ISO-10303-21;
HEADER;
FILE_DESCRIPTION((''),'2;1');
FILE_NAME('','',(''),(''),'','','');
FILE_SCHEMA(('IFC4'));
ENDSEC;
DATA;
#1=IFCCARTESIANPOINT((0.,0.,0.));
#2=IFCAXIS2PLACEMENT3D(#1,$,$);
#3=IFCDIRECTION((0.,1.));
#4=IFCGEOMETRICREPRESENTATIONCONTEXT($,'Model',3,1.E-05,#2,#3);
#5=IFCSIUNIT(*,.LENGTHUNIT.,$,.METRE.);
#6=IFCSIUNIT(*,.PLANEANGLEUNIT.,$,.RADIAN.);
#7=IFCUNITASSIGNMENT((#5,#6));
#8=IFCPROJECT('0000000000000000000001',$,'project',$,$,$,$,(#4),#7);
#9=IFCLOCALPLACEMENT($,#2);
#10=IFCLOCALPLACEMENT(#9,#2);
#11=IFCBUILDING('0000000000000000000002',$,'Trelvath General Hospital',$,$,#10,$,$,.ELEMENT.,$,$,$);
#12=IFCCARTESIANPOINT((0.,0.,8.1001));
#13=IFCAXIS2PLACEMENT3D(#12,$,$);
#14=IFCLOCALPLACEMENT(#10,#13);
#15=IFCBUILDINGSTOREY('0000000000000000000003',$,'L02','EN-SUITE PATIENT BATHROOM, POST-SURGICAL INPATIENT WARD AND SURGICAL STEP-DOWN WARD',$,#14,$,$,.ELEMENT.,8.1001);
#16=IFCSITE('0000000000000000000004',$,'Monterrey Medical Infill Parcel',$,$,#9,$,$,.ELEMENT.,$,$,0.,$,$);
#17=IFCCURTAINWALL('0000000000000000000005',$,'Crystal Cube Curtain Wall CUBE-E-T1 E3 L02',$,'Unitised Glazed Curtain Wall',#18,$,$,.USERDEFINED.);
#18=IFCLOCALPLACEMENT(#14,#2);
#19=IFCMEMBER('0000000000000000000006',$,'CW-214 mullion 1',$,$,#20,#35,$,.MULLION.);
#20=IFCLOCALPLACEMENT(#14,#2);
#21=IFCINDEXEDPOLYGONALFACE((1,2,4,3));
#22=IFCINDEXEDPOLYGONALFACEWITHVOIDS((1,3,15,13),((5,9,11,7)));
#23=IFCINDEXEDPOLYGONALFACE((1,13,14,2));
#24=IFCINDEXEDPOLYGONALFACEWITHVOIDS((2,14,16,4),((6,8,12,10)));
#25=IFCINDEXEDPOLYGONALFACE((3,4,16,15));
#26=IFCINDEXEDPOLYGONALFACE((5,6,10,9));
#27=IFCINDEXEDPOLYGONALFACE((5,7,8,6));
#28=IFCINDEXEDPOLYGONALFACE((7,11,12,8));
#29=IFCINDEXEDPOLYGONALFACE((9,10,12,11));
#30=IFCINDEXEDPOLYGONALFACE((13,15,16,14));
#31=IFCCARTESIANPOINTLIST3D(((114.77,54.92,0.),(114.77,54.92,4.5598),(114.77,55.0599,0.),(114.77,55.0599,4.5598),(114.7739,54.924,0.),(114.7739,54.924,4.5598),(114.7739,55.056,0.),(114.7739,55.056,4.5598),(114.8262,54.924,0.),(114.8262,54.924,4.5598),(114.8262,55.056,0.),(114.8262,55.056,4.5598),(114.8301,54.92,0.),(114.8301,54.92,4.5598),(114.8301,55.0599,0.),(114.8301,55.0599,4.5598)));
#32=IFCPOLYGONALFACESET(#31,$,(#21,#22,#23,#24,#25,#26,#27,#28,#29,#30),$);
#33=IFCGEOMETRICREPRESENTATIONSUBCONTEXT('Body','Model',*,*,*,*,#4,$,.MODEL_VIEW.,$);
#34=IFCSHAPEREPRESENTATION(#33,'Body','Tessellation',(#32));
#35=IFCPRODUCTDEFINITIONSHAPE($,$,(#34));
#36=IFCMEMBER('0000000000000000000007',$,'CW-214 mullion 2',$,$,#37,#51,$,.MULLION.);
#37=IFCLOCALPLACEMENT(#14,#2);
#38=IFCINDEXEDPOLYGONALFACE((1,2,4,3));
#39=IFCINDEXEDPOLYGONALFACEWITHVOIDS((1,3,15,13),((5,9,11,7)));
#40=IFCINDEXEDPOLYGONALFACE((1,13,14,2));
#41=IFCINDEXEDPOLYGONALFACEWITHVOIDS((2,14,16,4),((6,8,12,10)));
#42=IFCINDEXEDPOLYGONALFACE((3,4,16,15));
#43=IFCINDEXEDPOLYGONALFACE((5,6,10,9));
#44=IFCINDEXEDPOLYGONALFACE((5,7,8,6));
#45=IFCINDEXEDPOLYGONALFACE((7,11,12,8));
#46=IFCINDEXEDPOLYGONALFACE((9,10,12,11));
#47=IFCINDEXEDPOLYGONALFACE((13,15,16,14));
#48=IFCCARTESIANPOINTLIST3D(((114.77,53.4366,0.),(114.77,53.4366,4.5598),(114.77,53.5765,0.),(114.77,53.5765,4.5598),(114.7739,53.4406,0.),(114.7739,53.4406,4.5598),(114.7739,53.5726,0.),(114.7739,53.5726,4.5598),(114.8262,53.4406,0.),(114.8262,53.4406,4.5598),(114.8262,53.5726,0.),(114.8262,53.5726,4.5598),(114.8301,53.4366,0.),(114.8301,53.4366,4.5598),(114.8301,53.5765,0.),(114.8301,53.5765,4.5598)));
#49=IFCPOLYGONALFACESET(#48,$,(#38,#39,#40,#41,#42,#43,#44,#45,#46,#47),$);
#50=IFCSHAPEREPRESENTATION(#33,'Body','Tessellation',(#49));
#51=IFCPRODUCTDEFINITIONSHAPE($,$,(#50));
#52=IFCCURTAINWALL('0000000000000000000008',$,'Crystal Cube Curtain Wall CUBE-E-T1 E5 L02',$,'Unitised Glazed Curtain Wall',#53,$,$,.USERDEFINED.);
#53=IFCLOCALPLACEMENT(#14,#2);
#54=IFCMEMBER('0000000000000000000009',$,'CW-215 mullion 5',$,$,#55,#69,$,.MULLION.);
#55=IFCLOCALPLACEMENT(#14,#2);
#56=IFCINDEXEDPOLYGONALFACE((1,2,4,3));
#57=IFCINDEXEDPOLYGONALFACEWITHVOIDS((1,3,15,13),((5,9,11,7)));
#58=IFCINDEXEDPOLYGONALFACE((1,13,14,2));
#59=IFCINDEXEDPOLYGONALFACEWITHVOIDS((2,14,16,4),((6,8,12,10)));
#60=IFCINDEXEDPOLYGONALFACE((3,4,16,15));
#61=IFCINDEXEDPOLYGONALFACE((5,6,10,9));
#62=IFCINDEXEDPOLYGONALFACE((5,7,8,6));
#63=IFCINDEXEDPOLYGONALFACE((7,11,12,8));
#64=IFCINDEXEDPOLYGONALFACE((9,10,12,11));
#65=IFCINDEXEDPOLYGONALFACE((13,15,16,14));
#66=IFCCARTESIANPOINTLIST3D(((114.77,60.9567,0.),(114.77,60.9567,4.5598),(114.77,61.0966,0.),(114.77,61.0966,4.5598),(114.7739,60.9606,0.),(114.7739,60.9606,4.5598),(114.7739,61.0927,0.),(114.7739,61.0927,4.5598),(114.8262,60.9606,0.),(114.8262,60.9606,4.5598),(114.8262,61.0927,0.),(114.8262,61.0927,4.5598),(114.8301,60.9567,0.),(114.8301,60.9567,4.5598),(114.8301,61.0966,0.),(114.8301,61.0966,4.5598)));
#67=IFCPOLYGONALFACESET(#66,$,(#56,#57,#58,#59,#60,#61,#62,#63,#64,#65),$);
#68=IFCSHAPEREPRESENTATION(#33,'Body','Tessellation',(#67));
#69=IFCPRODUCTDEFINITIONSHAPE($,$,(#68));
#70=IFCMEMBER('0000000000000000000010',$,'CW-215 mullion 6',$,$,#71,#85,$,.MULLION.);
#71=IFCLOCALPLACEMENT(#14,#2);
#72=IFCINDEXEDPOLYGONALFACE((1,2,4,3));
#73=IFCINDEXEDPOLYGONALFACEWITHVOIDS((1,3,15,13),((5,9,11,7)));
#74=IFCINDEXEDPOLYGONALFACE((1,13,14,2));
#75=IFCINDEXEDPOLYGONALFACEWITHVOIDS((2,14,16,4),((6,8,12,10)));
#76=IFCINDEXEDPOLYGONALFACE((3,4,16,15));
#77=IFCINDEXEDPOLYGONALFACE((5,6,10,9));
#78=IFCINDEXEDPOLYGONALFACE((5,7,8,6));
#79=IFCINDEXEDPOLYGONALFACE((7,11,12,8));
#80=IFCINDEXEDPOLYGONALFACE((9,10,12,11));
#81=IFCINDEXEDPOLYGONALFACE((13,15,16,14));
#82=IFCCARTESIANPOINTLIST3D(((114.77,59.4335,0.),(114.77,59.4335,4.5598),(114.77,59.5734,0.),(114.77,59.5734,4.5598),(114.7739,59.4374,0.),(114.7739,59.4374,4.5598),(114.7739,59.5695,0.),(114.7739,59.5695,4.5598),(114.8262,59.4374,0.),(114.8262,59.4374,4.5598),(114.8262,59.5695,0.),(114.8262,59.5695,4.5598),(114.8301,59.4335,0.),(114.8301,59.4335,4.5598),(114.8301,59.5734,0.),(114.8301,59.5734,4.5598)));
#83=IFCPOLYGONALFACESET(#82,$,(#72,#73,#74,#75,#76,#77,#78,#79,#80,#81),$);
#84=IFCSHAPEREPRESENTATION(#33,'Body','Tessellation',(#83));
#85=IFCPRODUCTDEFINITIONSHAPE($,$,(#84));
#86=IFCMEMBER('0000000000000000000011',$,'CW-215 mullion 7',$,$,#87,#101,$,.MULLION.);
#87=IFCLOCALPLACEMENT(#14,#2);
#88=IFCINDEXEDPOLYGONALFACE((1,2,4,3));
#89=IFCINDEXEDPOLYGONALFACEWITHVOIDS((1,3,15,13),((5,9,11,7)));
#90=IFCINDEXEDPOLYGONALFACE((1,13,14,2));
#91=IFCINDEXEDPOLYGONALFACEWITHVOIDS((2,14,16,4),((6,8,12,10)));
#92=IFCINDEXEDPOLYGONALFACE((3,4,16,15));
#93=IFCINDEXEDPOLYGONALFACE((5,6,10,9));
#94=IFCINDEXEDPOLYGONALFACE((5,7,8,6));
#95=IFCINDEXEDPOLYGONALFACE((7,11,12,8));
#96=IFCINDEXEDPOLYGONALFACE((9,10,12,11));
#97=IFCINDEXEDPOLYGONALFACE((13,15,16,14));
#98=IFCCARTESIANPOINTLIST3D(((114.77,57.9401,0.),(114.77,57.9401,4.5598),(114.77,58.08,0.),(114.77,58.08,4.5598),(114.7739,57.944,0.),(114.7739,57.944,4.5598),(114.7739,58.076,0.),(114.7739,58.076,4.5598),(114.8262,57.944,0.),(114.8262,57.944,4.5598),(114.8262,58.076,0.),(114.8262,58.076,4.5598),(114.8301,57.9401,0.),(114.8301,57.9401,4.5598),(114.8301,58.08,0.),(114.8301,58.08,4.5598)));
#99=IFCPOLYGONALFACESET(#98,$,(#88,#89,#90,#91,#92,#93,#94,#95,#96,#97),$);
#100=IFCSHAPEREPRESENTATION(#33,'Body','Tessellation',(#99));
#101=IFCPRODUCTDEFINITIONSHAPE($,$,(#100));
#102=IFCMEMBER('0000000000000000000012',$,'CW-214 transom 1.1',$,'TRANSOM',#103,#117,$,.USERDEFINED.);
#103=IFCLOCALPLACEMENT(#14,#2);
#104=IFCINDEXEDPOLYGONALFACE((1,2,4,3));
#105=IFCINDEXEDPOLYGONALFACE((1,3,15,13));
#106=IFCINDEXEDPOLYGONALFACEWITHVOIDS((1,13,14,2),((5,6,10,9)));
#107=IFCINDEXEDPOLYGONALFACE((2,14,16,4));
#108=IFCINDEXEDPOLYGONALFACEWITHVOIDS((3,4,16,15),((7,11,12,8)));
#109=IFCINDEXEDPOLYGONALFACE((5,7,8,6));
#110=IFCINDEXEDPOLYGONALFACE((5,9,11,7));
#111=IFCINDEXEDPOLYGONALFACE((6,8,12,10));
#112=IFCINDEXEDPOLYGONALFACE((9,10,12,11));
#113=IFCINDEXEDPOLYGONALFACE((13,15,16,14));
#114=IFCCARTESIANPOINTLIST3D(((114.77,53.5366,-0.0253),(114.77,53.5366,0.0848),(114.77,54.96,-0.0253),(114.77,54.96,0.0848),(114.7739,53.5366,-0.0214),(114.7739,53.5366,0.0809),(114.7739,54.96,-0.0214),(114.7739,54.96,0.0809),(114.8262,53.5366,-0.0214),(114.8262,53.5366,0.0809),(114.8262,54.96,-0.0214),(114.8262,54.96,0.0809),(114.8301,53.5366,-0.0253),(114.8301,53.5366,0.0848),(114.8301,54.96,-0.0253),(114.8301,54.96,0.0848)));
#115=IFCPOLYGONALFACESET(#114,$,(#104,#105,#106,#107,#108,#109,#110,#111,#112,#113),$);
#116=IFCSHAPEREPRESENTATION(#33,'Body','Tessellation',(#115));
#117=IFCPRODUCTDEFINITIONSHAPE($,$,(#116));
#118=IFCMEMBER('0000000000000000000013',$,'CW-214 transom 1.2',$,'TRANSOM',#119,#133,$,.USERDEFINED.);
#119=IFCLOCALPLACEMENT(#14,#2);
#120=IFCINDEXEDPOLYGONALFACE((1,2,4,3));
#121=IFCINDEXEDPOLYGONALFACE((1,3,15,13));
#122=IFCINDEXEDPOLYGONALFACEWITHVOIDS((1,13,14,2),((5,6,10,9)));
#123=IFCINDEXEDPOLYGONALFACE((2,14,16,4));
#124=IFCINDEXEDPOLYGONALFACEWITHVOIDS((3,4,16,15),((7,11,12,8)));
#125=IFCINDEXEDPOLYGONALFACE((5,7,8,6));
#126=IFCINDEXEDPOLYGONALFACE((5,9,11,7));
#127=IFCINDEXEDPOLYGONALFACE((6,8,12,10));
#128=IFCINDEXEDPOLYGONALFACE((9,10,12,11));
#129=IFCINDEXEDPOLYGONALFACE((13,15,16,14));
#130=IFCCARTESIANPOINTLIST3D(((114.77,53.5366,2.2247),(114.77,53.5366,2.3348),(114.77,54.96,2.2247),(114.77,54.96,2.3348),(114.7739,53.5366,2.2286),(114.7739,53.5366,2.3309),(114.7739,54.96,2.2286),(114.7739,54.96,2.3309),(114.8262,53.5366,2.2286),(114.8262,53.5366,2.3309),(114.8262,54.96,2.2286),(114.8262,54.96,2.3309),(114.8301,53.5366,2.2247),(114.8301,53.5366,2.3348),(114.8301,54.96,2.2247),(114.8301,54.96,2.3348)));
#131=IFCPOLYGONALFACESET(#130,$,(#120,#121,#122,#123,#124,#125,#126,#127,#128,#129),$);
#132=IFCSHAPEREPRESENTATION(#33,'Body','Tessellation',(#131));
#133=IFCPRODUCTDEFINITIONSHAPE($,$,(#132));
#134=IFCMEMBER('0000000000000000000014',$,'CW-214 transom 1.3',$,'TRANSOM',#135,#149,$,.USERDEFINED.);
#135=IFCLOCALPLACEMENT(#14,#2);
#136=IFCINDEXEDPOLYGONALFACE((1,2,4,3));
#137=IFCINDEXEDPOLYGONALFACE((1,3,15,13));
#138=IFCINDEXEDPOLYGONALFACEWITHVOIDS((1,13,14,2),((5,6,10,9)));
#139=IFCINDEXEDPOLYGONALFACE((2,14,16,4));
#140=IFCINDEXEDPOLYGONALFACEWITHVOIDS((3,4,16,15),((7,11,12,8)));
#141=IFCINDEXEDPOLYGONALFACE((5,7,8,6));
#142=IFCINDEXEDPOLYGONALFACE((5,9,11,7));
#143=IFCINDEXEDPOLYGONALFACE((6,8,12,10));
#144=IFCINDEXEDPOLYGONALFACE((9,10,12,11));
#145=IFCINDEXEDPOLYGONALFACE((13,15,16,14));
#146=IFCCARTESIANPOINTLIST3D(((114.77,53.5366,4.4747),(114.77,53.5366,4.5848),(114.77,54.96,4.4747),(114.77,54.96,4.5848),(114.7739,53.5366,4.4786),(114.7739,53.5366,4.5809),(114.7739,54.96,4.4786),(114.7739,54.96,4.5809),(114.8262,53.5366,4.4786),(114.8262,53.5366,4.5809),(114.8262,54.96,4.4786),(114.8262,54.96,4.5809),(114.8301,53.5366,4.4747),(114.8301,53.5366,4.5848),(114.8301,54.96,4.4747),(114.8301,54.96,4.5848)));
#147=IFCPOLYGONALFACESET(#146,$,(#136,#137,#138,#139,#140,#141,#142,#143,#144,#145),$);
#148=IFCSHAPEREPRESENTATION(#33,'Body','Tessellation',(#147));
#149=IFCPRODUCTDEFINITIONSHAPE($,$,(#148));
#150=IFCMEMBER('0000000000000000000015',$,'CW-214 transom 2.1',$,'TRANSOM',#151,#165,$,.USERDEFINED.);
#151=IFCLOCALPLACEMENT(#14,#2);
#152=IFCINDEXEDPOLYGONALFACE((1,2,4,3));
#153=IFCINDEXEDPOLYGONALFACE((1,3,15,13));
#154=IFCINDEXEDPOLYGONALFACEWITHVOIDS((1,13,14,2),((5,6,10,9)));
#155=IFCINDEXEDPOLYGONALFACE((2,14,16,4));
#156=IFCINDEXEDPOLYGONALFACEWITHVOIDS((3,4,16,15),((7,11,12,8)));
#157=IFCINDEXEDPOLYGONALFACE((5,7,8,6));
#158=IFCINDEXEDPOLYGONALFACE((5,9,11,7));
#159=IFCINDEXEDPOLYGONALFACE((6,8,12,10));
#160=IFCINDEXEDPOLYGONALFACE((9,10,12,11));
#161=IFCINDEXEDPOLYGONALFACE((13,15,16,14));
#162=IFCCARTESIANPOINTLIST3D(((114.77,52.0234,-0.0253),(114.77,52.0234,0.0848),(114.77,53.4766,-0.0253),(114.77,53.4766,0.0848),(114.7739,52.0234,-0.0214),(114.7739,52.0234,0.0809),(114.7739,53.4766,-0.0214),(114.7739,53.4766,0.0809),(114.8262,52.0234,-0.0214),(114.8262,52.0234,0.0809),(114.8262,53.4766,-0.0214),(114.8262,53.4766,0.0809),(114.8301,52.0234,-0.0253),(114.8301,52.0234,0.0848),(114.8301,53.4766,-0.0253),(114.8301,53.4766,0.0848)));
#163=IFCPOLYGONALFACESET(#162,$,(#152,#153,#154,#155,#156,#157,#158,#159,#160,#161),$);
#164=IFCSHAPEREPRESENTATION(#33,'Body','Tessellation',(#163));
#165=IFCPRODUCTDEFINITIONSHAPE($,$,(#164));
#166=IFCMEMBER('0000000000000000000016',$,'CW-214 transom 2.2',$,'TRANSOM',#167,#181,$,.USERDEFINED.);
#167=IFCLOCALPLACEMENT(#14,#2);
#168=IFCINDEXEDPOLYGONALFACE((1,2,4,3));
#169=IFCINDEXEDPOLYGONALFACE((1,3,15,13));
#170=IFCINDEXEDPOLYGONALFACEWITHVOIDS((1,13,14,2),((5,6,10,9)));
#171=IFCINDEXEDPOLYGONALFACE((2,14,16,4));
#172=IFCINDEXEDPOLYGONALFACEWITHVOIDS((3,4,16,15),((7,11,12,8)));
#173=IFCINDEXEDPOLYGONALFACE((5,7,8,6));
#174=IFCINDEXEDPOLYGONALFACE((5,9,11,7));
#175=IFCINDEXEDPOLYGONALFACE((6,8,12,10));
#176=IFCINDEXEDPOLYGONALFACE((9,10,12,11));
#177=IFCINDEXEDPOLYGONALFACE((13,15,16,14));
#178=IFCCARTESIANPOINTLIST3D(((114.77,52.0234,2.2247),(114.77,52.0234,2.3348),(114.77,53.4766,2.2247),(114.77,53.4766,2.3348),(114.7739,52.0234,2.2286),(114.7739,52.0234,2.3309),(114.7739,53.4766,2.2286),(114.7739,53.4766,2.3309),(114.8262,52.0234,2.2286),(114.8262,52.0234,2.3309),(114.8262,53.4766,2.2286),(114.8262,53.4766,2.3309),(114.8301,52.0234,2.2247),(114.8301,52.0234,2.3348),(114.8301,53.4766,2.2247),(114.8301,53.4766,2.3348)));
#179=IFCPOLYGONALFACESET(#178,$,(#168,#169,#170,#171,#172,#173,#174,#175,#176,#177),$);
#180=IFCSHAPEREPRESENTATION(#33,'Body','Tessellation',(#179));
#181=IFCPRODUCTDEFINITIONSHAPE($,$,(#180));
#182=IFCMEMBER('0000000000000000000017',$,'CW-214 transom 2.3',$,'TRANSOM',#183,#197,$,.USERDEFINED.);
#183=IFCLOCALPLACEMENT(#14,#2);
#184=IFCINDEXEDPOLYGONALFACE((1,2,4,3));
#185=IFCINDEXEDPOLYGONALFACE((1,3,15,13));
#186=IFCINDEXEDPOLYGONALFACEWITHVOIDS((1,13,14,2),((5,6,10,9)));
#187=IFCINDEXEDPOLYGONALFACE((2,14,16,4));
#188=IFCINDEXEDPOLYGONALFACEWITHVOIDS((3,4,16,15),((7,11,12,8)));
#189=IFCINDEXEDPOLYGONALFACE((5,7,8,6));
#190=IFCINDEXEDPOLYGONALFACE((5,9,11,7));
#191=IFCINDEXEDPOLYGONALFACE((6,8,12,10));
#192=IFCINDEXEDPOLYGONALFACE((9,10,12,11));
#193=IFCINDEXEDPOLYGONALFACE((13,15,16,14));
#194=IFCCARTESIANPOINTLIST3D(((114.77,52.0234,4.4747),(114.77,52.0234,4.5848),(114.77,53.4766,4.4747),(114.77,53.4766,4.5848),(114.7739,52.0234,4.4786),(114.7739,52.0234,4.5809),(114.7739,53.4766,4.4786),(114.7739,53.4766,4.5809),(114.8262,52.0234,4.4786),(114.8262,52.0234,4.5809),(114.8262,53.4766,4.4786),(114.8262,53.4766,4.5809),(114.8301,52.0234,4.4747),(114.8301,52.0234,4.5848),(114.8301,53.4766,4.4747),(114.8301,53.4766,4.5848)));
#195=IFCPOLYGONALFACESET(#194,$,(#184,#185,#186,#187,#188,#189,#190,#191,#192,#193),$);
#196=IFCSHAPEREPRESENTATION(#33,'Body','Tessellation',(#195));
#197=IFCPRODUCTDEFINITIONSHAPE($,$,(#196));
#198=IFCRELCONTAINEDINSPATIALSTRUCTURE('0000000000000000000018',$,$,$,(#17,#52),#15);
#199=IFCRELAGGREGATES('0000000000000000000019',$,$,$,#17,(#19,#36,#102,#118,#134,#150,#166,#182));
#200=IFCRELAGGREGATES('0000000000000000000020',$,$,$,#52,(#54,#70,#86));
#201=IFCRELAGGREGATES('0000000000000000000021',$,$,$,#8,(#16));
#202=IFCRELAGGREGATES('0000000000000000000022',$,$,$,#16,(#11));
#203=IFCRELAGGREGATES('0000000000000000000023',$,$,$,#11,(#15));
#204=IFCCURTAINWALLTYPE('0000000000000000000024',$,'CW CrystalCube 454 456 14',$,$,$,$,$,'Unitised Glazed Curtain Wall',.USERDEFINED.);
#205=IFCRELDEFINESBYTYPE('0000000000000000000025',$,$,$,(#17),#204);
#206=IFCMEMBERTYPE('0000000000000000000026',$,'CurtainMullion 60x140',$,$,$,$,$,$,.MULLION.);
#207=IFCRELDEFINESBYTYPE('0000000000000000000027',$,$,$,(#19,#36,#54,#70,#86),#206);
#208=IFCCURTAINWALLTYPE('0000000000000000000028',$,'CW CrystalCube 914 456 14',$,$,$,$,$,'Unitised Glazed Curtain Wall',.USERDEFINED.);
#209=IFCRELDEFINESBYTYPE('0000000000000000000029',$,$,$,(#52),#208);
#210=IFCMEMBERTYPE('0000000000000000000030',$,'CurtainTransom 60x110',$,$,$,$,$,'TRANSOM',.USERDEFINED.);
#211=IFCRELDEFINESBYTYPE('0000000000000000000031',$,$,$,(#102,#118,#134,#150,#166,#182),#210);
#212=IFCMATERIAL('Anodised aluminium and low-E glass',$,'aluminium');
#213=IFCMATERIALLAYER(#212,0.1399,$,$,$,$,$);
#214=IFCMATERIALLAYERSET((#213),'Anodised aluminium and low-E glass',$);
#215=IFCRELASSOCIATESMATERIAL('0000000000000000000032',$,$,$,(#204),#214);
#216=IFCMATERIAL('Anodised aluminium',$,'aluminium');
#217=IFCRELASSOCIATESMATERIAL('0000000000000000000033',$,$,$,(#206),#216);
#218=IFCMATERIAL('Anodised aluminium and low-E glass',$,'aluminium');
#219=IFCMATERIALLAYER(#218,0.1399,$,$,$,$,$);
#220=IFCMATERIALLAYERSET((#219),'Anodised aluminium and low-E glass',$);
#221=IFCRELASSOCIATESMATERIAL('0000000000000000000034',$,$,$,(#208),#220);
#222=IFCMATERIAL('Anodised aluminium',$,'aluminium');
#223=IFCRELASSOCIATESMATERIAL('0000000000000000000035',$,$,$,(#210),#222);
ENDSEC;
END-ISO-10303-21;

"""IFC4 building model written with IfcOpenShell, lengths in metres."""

from ifc_helpers import new_model, si_unit, direction, frame, origin, origin_2d, place, context, subcontext, project, spatial, hollow_rectangle, extrude, material, layer, layer_set, material_profile, profile_set, type_object, element, aggregate, save


model = new_model("IFC4")

# Units and contexts
model_context = context("Model", 3, precision=1e-05, world=origin(), true_north=direction((0.0, 1.0)))
body_context = subcontext(model_context, "Body", "Model", "MODEL_VIEW")
ifc_project = project(units=[si_unit("LENGTHUNIT", "METRE"), si_unit("PLANEANGLEUNIT", "RADIAN")], contexts=[model_context])

# Site, building, storey
site_placement = place(None, origin())
site = spatial("IfcSite", under=ifc_project, at=site_placement, Name="Monterrey Medical Infill Parcel", CompositionType="ELEMENT", RefElevation=0.0)
building_placement = place(site_placement, origin())
building = spatial("IfcBuilding", under=site, at=building_placement, Name="Trelvath General Hospital", CompositionType="ELEMENT")
storey_placement = place(building_placement, frame((0.0, 0.0, 8.1001)))
storey = spatial("IfcBuildingStorey", under=building, at=storey_placement, Name="L02", Description="EN-SUITE PATIENT BATHROOM, POST-SURGICAL INPATIENT WARD AND SURGICAL STEP-DOWN WARD", CompositionType="ELEMENT", Elevation=8.1001)

# Curtain walls, members
ifc_material_1 = material(Name="Anodised aluminium and low-E glass", Category="aluminium")
ifc_layer_1 = layer(ifc_material_1, 0.1399)
ifc_layer_set_1 = layer_set([ifc_layer_1], Name="Anodised aluminium and low-E glass")
curtain_wall_type_1 = type_object("IfcCurtainWallType", Name="CW CrystalCube 454 456 14", ElementType="Unitised Glazed Curtain Wall", PredefinedType="USERDEFINED", material=ifc_layer_set_1)
curtain_wall_1_placement = place(storey_placement, origin())
curtain_wall_1 = element("IfcCurtainWall", 1, at=curtain_wall_1_placement, inside=storey, type_object=curtain_wall_type_1, Name="Crystal Cube Curtain Wall CUBE-E-T1 E3 L02", ObjectType="Unitised Glazed Curtain Wall", PredefinedType="USERDEFINED")
ifc_material_2 = material(Name="Anodised aluminium", Category="aluminium")
ifc_material_profile_1 = material_profile(ifc_material_2, hollow_rectangle(XDim=0.0601, YDim=0.1399, WallThickness=0.0039, at=origin_2d()), Name="RHS60x140x4")
ifc_profile_set_1 = profile_set([ifc_material_profile_1], Name="Anodised aluminium")
member_type_1 = type_object("IfcMemberType", Name="CurtainMullion 60x140", PredefinedType="MULLION", material=ifc_profile_set_1)
member_1_placement = place(storey_placement, frame((114.8, 54.99, 0.0), z_axis=(0.0, 0.0, 1.0), x_axis=(1.0, 0.0, 0.0)))
member_1 = element("IfcMember", 2, at=member_1_placement, type_object=member_type_1, Name="CW-214 mullion 1", PredefinedType="MULLION", context=body_context, shape_type="SweptSolid", body=[
    extrude(hollow_rectangle(XDim=0.0601, YDim=0.1399, WallThickness=0.0039, at=origin_2d()), origin(), (0.0, 0.0, 1.0), 4.5598),
])
member_2_placement = place(storey_placement, frame((114.8, 53.5066, 0.0), z_axis=(0.0, 0.0, 1.0), x_axis=(1.0, 0.0, 0.0)))
member_2 = element("IfcMember", 3, at=member_2_placement, type_object=member_type_1, Name="CW-214 mullion 2", PredefinedType="MULLION", context=body_context, shape_type="SweptSolid", body=[
    extrude(hollow_rectangle(XDim=0.0601, YDim=0.1399, WallThickness=0.0039, at=origin_2d()), origin(), (0.0, 0.0, 1.0), 4.5598),
])
ifc_material_3 = material(Name="Anodised aluminium and low-E glass", Category="aluminium")
ifc_layer_2 = layer(ifc_material_3, 0.1399)
ifc_layer_set_2 = layer_set([ifc_layer_2], Name="Anodised aluminium and low-E glass")
curtain_wall_type_2 = type_object("IfcCurtainWallType", Name="CW CrystalCube 914 456 14", ElementType="Unitised Glazed Curtain Wall", PredefinedType="USERDEFINED", material=ifc_layer_set_2)
curtain_wall_2_placement = place(storey_placement, origin())
curtain_wall_2 = element("IfcCurtainWall", 4, at=curtain_wall_2_placement, inside=storey, type_object=curtain_wall_type_2, Name="Crystal Cube Curtain Wall CUBE-E-T1 E5 L02", ObjectType="Unitised Glazed Curtain Wall", PredefinedType="USERDEFINED")
member_3_placement = place(storey_placement, frame((114.8, 61.0266, 0.0), z_axis=(0.0, 0.0, 1.0), x_axis=(1.0, 0.0, 0.0)))
member_3 = element("IfcMember", 5, at=member_3_placement, type_object=member_type_1, Name="CW-215 mullion 5", PredefinedType="MULLION", context=body_context, shape_type="SweptSolid", body=[
    extrude(hollow_rectangle(XDim=0.0601, YDim=0.1399, WallThickness=0.0039, at=origin_2d()), origin(), (0.0, 0.0, 1.0), 4.5598),
])
member_4_placement = place(storey_placement, frame((114.8, 59.5034, 0.0), z_axis=(0.0, 0.0, 1.0), x_axis=(1.0, 0.0, 0.0)))
member_4 = element("IfcMember", 6, at=member_4_placement, type_object=member_type_1, Name="CW-215 mullion 6", PredefinedType="MULLION", context=body_context, shape_type="SweptSolid", body=[
    extrude(hollow_rectangle(XDim=0.0601, YDim=0.1399, WallThickness=0.0039, at=origin_2d()), origin(), (0.0, 0.0, 1.0), 4.5598),
])
member_5_placement = place(storey_placement, frame((114.8, 58.01, 0.0), z_axis=(0.0, 0.0, 1.0), x_axis=(1.0, 0.0, 0.0)))
member_5 = element("IfcMember", 7, at=member_5_placement, type_object=member_type_1, Name="CW-215 mullion 7", PredefinedType="MULLION", context=body_context, shape_type="SweptSolid", body=[
    extrude(hollow_rectangle(XDim=0.0601, YDim=0.1399, WallThickness=0.0039, at=origin_2d()), origin(), (0.0, 0.0, 1.0), 4.5598),
])

# Members
ifc_material_4 = material(Name="Anodised aluminium", Category="aluminium")
ifc_material_profile_2 = material_profile(ifc_material_4, hollow_rectangle(XDim=0.0601, YDim=0.1101, WallThickness=0.0039, at=origin_2d()), Name="RHS60x110x4")
ifc_profile_set_2 = profile_set([ifc_material_profile_2], Name="Anodised aluminium")
member_type_2 = type_object("IfcMemberType", Name="CurtainTransom 60x110", ElementType="TRANSOM", PredefinedType="USERDEFINED", material=ifc_profile_set_2)
member_6_placement = place(storey_placement, frame((114.8, 54.96, 0.0298), z_axis=(0.0, -1.0, 0.0), x_axis=(1.0, 0.0, 0.0)))
member_6 = element("IfcMember", 8, at=member_6_placement, type_object=member_type_2, Name="CW-214 transom 1.1", ObjectType="TRANSOM", PredefinedType="USERDEFINED", context=body_context, shape_type="SweptSolid", body=[
    extrude(hollow_rectangle(XDim=0.0601, YDim=0.1101, WallThickness=0.0039, at=origin_2d()), origin(), (0.0, 0.0, 1.0), 1.4233),
])
member_7_placement = place(storey_placement, frame((114.8, 54.96, 2.2798), z_axis=(0.0, -1.0, 0.0), x_axis=(1.0, 0.0, 0.0)))
member_7 = element("IfcMember", 9, at=member_7_placement, type_object=member_type_2, Name="CW-214 transom 1.2", ObjectType="TRANSOM", PredefinedType="USERDEFINED", context=body_context, shape_type="SweptSolid", body=[
    extrude(hollow_rectangle(XDim=0.0601, YDim=0.1101, WallThickness=0.0039, at=origin_2d()), origin(), (0.0, 0.0, 1.0), 1.4233),
])
member_8_placement = place(storey_placement, frame((114.8, 54.96, 4.5298), z_axis=(0.0, -1.0, 0.0), x_axis=(1.0, 0.0, 0.0)))
member_8 = element("IfcMember", 10, at=member_8_placement, type_object=member_type_2, Name="CW-214 transom 1.3", ObjectType="TRANSOM", PredefinedType="USERDEFINED", context=body_context, shape_type="SweptSolid", body=[
    extrude(hollow_rectangle(XDim=0.0601, YDim=0.1101, WallThickness=0.0039, at=origin_2d()), origin(), (0.0, 0.0, 1.0), 1.4233),
])
member_9_placement = place(storey_placement, frame((114.8, 53.4766, 0.0298), z_axis=(0.0, -1.0, 0.0), x_axis=(1.0, 0.0, 0.0)))
member_9 = element("IfcMember", 11, at=member_9_placement, type_object=member_type_2, Name="CW-214 transom 2.1", ObjectType="TRANSOM", PredefinedType="USERDEFINED", context=body_context, shape_type="SweptSolid", body=[
    extrude(hollow_rectangle(XDim=0.0601, YDim=0.1101, WallThickness=0.0039, at=origin_2d()), origin(), (0.0, 0.0, 1.0), 1.4531),
])
member_10_placement = place(storey_placement, frame((114.8, 53.4766, 2.2798), z_axis=(0.0, -1.0, 0.0), x_axis=(1.0, 0.0, 0.0)))
member_10 = element("IfcMember", 12, at=member_10_placement, type_object=member_type_2, Name="CW-214 transom 2.2", ObjectType="TRANSOM", PredefinedType="USERDEFINED", context=body_context, shape_type="SweptSolid", body=[
    extrude(hollow_rectangle(XDim=0.0601, YDim=0.1101, WallThickness=0.0039, at=origin_2d()), origin(), (0.0, 0.0, 1.0), 1.4531),
])
member_11_placement = place(storey_placement, frame((114.8, 53.4766, 4.5298), z_axis=(0.0, -1.0, 0.0), x_axis=(1.0, 0.0, 0.0)))
member_11 = element("IfcMember", 13, at=member_11_placement, type_object=member_type_2, Name="CW-214 transom 2.3", ObjectType="TRANSOM", PredefinedType="USERDEFINED", context=body_context, shape_type="SweptSolid", body=[
    extrude(hollow_rectangle(XDim=0.0601, YDim=0.1101, WallThickness=0.0039, at=origin_2d()), origin(), (0.0, 0.0, 1.0), 1.4531),
])

aggregate(curtain_wall_1, [member_1, member_2, member_6, member_7, member_8, member_9, member_10, member_11])
aggregate(curtain_wall_2, [member_3, member_4, member_5])

save(model, "model.ifc")
